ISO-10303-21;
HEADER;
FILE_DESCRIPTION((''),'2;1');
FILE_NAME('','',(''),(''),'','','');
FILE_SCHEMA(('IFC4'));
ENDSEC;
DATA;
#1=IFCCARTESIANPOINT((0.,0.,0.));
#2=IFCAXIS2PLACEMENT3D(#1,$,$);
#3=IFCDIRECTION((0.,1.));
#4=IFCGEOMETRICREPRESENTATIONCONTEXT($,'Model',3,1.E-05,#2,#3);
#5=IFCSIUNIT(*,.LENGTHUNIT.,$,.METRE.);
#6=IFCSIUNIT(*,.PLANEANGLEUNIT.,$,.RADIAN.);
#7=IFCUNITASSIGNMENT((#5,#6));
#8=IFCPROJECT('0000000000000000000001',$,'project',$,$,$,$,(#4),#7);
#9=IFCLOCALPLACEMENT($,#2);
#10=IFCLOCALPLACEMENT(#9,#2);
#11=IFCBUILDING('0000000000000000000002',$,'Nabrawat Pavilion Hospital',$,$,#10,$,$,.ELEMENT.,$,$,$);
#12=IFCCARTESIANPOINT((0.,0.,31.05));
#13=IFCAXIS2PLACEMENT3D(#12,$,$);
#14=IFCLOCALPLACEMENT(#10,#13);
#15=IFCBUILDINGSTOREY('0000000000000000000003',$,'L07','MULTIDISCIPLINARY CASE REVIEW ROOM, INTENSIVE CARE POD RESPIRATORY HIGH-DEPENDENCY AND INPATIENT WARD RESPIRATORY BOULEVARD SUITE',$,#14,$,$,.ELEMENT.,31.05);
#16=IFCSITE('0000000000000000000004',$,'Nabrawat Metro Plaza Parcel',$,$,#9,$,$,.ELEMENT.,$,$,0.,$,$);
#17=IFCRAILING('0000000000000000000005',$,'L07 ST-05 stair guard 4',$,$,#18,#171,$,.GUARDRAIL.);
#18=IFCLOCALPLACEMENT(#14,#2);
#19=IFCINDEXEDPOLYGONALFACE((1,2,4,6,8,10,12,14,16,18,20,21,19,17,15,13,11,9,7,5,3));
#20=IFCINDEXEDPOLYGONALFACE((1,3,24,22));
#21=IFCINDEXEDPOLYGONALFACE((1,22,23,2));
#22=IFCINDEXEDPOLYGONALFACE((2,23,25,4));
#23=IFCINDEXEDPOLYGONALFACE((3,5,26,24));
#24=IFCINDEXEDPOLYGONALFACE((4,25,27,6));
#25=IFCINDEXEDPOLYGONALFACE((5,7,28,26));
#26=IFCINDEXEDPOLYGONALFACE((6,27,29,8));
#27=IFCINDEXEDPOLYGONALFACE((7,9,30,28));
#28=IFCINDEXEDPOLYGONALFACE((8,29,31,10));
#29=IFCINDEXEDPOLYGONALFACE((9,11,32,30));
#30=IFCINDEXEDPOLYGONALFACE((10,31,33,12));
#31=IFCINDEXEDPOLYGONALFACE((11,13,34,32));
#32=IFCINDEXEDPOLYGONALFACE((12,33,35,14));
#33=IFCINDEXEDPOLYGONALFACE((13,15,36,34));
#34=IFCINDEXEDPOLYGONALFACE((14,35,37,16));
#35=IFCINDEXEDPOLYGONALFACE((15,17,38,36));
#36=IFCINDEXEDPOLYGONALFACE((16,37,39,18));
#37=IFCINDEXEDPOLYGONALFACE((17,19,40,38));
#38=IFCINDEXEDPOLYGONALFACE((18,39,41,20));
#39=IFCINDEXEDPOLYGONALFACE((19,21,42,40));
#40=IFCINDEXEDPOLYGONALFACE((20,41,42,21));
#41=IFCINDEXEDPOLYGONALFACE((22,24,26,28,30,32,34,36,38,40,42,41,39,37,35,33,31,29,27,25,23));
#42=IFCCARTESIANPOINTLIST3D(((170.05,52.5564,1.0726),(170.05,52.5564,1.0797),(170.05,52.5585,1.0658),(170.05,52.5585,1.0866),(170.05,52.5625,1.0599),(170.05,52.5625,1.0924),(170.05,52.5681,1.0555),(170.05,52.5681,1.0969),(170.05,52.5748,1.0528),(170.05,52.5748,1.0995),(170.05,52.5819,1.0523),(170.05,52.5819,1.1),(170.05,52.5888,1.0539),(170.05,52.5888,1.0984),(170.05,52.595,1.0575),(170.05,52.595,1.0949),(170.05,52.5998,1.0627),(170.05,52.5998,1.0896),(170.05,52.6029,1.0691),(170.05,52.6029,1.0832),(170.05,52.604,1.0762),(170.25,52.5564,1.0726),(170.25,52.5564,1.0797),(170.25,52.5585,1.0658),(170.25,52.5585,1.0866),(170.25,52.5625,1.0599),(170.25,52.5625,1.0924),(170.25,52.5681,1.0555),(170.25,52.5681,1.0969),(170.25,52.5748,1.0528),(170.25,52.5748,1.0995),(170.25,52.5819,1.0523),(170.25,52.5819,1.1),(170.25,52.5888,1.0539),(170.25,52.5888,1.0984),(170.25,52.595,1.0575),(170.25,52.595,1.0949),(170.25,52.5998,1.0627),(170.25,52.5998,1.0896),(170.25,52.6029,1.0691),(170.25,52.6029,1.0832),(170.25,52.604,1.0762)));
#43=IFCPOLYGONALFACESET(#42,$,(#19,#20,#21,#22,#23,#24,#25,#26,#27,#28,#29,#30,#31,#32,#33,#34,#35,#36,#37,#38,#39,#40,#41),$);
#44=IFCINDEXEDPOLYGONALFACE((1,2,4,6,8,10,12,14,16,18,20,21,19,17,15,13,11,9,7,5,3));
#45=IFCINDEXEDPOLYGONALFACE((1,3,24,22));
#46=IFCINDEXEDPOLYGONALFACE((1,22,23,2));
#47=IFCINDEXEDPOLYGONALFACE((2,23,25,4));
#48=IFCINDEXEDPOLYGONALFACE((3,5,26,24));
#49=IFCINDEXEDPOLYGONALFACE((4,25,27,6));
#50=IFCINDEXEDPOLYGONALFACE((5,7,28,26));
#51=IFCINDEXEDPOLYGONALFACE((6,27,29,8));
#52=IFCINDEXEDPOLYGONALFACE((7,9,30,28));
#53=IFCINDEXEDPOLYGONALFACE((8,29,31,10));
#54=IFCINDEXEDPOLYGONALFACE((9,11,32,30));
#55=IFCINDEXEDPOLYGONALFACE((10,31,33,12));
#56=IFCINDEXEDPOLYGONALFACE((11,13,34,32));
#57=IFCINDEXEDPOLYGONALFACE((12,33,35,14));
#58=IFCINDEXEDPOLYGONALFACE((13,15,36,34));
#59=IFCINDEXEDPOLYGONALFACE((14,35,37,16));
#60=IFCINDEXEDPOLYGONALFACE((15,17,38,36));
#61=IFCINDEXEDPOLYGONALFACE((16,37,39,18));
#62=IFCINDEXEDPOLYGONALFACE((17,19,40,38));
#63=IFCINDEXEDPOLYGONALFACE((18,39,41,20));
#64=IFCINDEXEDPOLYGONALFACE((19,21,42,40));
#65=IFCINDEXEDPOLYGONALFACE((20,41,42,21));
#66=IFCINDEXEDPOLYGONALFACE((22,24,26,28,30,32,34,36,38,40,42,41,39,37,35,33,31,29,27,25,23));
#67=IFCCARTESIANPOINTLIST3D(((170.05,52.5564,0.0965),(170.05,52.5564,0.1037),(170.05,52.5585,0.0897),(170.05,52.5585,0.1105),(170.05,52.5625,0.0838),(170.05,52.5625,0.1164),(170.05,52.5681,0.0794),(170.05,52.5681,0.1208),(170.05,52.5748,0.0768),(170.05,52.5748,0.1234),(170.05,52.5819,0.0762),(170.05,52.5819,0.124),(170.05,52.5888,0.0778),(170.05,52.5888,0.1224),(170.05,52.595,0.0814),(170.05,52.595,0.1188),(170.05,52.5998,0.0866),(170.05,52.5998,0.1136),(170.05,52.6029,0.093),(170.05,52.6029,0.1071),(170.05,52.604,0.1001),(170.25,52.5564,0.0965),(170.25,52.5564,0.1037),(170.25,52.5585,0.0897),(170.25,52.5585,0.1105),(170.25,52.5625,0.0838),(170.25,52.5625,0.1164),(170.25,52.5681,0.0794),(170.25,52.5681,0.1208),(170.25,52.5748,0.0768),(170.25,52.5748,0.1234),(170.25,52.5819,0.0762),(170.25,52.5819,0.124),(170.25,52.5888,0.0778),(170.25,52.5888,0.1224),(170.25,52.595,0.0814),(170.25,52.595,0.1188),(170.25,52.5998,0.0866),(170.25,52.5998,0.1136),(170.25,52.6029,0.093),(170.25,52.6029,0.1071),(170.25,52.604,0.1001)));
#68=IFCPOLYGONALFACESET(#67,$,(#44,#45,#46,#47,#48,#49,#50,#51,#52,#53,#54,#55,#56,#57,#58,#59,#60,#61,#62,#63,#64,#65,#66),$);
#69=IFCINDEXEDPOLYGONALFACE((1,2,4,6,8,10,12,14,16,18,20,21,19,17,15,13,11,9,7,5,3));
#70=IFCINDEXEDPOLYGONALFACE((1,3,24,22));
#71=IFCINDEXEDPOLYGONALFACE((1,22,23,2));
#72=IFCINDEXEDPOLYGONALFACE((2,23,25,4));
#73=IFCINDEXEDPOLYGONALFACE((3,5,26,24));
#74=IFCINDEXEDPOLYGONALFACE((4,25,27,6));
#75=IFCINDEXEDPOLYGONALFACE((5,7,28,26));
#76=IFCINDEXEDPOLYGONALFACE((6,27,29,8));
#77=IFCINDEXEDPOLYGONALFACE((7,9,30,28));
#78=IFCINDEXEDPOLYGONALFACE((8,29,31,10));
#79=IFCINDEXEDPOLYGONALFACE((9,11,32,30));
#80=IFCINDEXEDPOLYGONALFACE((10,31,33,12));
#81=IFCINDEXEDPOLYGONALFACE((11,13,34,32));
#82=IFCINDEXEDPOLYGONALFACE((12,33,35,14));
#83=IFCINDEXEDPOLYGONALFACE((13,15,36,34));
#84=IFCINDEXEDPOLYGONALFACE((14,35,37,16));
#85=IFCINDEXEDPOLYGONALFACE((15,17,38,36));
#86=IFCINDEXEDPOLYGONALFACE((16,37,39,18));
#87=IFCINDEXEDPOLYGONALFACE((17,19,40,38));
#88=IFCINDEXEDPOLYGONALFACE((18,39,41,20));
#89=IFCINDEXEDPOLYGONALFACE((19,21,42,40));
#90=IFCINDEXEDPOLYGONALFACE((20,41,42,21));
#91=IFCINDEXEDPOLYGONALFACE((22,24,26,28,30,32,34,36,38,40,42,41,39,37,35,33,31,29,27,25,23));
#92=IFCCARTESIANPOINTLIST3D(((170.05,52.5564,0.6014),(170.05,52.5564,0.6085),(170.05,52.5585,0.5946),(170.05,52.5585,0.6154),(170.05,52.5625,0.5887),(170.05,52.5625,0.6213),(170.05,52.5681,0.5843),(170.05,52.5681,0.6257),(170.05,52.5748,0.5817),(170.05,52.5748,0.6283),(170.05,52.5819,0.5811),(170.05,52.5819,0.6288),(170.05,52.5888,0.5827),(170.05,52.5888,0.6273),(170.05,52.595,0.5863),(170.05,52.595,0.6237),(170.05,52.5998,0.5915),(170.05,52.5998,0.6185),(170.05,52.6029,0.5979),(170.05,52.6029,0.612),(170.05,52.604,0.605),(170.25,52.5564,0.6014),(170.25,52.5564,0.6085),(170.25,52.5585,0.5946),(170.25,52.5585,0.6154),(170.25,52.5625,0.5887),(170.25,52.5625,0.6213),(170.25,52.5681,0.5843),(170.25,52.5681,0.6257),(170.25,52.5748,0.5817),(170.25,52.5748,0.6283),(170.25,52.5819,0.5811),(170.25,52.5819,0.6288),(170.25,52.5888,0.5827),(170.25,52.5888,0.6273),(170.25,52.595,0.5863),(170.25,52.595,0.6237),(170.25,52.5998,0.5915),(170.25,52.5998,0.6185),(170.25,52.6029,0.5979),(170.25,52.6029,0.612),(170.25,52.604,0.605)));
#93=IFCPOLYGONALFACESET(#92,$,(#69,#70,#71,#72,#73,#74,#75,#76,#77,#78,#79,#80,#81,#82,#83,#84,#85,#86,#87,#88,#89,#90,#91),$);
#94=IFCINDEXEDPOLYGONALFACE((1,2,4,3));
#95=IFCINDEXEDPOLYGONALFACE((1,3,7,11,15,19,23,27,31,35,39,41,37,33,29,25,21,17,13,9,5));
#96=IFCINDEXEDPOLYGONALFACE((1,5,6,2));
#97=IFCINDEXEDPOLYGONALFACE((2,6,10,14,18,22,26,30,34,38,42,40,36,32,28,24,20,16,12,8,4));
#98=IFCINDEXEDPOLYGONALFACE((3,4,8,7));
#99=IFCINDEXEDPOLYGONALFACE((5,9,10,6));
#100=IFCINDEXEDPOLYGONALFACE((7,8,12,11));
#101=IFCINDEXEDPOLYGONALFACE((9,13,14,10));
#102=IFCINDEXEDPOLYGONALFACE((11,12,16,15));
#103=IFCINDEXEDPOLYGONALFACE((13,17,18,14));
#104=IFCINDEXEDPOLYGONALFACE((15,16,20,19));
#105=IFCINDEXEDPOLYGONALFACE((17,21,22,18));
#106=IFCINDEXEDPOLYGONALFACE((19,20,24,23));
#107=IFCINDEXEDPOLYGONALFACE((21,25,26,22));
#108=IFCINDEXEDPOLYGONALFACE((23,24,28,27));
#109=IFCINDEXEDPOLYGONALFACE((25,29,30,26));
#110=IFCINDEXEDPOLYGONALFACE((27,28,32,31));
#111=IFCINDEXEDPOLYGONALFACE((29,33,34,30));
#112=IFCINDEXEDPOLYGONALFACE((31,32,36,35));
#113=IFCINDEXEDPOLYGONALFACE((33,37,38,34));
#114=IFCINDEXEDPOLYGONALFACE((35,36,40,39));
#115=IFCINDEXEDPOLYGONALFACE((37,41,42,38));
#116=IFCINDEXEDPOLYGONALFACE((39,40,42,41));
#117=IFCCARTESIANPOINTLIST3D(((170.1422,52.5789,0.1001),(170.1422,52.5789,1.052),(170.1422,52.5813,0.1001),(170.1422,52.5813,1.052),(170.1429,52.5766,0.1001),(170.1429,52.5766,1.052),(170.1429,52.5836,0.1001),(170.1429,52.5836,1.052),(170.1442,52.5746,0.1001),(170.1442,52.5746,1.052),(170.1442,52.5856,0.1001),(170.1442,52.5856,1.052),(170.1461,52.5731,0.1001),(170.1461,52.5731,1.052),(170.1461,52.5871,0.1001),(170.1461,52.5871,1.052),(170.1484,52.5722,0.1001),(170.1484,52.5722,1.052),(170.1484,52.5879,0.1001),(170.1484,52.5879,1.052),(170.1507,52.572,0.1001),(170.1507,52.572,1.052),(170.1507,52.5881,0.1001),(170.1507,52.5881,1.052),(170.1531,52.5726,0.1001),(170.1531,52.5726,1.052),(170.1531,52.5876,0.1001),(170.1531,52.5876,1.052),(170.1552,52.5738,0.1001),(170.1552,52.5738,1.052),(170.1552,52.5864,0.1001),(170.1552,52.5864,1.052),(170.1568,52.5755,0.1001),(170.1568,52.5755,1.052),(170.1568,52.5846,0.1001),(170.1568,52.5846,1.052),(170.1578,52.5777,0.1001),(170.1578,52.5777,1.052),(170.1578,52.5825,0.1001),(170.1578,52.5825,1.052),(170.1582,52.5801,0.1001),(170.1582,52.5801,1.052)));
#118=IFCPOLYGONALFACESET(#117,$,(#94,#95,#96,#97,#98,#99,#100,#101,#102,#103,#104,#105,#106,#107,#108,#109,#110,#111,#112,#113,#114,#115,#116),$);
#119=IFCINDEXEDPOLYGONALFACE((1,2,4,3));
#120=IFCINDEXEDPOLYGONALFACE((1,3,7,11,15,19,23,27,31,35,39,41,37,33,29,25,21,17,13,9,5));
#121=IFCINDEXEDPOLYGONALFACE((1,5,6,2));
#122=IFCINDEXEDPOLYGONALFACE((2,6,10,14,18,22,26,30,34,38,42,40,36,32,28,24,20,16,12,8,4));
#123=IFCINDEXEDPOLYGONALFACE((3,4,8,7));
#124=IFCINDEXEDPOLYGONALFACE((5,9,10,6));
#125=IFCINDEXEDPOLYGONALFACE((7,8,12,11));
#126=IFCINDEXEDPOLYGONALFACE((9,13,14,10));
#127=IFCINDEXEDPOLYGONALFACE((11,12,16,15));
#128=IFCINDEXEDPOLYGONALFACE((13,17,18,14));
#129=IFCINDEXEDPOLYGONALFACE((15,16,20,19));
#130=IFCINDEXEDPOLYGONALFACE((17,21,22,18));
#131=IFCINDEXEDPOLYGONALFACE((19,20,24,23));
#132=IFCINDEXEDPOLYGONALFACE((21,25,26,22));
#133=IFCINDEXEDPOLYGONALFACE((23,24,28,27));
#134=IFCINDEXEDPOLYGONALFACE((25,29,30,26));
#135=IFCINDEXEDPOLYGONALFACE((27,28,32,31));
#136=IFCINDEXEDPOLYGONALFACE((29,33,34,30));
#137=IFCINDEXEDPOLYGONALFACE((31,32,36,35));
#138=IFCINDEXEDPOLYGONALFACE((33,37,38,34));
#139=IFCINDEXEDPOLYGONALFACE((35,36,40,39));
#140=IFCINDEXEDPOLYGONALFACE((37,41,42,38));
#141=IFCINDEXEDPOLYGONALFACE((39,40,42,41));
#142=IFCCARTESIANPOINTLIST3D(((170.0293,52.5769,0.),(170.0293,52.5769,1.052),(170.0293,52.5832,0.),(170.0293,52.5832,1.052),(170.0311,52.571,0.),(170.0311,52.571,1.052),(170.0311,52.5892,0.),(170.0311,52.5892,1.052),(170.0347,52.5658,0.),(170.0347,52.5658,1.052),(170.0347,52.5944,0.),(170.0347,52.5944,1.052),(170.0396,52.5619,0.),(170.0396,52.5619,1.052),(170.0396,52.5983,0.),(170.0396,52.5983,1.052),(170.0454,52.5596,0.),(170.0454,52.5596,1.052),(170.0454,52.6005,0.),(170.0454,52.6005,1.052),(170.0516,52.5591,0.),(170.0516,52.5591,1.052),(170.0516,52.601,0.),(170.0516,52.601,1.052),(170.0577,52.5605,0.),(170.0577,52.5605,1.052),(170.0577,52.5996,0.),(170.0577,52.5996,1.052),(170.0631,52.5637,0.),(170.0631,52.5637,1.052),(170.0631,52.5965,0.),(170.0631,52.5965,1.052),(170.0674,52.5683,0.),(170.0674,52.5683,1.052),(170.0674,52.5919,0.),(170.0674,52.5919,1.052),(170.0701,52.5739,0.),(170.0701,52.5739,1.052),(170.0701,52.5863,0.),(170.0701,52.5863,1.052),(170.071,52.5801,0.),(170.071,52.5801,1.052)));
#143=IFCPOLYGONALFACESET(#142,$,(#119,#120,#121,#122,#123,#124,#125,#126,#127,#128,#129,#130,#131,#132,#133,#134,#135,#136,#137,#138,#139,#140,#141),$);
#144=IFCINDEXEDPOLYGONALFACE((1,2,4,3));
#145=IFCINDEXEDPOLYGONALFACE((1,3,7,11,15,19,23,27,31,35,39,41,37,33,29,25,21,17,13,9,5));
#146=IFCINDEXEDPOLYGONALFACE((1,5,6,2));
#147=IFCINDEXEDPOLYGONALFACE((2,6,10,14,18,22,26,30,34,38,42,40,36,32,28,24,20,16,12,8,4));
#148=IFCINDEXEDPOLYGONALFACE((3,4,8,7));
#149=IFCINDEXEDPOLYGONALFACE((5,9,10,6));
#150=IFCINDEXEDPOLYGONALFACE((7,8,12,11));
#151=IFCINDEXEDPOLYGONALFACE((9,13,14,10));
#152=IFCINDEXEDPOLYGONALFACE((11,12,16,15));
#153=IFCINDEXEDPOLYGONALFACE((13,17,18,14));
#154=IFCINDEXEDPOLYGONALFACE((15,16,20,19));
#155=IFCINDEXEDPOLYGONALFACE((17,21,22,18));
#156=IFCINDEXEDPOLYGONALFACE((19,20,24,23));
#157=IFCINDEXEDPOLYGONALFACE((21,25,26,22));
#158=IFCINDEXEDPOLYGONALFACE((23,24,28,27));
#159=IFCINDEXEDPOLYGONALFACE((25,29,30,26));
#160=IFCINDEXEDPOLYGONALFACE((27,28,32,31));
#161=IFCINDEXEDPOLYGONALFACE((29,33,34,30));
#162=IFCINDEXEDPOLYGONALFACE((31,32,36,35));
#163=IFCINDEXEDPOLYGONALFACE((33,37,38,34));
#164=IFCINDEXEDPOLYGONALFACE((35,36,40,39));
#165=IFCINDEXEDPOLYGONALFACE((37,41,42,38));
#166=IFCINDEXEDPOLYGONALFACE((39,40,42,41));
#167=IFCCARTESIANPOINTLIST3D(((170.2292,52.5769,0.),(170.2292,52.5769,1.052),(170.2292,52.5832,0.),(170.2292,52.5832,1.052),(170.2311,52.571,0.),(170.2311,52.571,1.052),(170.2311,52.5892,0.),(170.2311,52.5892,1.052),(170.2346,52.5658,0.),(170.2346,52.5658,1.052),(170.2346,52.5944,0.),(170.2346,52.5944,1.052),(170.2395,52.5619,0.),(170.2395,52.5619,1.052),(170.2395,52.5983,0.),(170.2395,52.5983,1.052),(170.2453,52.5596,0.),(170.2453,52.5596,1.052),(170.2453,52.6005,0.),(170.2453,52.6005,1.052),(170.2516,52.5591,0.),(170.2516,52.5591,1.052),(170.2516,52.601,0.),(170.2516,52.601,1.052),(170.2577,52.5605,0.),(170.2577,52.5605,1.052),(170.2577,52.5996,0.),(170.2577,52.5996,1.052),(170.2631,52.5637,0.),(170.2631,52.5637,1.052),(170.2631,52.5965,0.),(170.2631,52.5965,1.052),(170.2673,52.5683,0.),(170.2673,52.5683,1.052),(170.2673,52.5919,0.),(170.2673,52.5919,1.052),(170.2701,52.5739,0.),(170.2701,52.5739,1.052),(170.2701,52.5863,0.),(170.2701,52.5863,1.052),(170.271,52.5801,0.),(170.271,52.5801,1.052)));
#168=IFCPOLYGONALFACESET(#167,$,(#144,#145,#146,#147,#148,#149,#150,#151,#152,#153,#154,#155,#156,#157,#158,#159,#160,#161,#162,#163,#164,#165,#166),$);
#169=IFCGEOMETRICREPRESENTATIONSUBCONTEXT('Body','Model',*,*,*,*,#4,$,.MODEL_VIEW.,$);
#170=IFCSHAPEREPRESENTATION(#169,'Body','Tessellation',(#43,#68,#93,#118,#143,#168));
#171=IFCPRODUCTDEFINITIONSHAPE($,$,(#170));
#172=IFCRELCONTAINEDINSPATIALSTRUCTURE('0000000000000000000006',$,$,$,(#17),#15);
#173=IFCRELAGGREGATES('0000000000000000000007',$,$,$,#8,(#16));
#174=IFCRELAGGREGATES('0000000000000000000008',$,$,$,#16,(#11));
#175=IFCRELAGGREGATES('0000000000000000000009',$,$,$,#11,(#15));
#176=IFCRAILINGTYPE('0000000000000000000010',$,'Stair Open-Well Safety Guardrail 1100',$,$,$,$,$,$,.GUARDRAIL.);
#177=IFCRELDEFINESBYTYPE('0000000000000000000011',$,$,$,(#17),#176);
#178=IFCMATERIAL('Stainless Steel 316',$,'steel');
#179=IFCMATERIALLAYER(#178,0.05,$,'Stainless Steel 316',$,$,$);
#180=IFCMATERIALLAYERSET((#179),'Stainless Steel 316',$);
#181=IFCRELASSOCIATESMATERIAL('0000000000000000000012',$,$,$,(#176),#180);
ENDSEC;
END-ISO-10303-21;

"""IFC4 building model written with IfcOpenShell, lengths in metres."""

from ifc_helpers import new_model, si_unit, direction, frame, origin, origin_2d, place, context, subcontext, project, spatial, circle, extrude, material, layer, layer_set, type_object, element, save


model = new_model("IFC4")

# Units and contexts
model_context = context("Model", 3, precision=1e-05, world=origin(), true_north=direction((0.0, 1.0)))
body_context = subcontext(model_context, "Body", "Model", "MODEL_VIEW")
ifc_project = project(units=[si_unit("LENGTHUNIT", "METRE"), si_unit("PLANEANGLEUNIT", "RADIAN")], contexts=[model_context])

# Site, building, storey
site_placement = place(None, origin())
site = spatial("IfcSite", under=ifc_project, at=site_placement, Name="Nabrawat Metro Plaza Parcel", CompositionType="ELEMENT", RefElevation=0.0)
building_placement = place(site_placement, origin())
building = spatial("IfcBuilding", under=site, at=building_placement, Name="Nabrawat Pavilion Hospital", CompositionType="ELEMENT")
storey_placement = place(building_placement, frame((0.0, 0.0, 31.05)))
storey = spatial("IfcBuildingStorey", under=building, at=storey_placement, Name="L07", Description="MULTIDISCIPLINARY CASE REVIEW ROOM, INTENSIVE CARE POD RESPIRATORY HIGH-DEPENDENCY AND INPATIENT WARD RESPIRATORY BOULEVARD SUITE", CompositionType="ELEMENT", Elevation=31.05)

# Railing
ifc_material_1 = material(Name="Stainless Steel 316", Category="steel")
ifc_layer_1 = layer(ifc_material_1, 0.05, Name="Stainless Steel 316")
ifc_layer_set_1 = layer_set([ifc_layer_1], Name="Stainless Steel 316")
railing_type_1 = type_object("IfcRailingType", Name="Stair Open-Well Safety Guardrail 1100", PredefinedType="GUARDRAIL", material=ifc_layer_set_1)
railing_1_placement = place(storey_placement, frame((170.05, 52.5801, 0.0)))
element("IfcRailing", 1, at=railing_1_placement, inside=storey, type_object=railing_type_1, Name="L07 ST-05 stair guard 4", PredefinedType="GUARDRAIL", context=body_context, shape_type="SweptSolid", body=[
    extrude(circle(Radius=0.0239, at=origin_2d()), frame((0.0, 0.0, 1.0762), z_axis=(1.0, 0.0, 0.0), x_axis=(0.0, 1.0, 0.0)), (0.0, 0.0, 1.0), 0.2),
    extrude(circle(Radius=0.0239, at=origin_2d()), frame((0.0, 0.0, 0.1001), z_axis=(1.0, 0.0, 0.0), x_axis=(0.0, 1.0, 0.0)), (0.0, 0.0, 1.0), 0.2),
    extrude(circle(Radius=0.0239, at=origin_2d()), frame((0.0, 0.0, 0.605), z_axis=(1.0, 0.0, 0.0), x_axis=(0.0, 1.0, 0.0)), (0.0, 0.0, 1.0), 0.2),
    extrude(circle(Radius=0.0081, at=origin_2d()), frame((0.1001, 0.0, 0.1001)), (0.0, 0.0, 1.0), 0.9519),
    extrude(circle(Radius=0.021, at=origin_2d()), origin(), (0.0, 0.0, 1.0), 1.052),
    extrude(circle(Radius=0.021, at=origin_2d()), frame((0.2, 0.0, 0.0)), (0.0, 0.0, 1.0), 1.052),
])

save(model, "model.ifc")
